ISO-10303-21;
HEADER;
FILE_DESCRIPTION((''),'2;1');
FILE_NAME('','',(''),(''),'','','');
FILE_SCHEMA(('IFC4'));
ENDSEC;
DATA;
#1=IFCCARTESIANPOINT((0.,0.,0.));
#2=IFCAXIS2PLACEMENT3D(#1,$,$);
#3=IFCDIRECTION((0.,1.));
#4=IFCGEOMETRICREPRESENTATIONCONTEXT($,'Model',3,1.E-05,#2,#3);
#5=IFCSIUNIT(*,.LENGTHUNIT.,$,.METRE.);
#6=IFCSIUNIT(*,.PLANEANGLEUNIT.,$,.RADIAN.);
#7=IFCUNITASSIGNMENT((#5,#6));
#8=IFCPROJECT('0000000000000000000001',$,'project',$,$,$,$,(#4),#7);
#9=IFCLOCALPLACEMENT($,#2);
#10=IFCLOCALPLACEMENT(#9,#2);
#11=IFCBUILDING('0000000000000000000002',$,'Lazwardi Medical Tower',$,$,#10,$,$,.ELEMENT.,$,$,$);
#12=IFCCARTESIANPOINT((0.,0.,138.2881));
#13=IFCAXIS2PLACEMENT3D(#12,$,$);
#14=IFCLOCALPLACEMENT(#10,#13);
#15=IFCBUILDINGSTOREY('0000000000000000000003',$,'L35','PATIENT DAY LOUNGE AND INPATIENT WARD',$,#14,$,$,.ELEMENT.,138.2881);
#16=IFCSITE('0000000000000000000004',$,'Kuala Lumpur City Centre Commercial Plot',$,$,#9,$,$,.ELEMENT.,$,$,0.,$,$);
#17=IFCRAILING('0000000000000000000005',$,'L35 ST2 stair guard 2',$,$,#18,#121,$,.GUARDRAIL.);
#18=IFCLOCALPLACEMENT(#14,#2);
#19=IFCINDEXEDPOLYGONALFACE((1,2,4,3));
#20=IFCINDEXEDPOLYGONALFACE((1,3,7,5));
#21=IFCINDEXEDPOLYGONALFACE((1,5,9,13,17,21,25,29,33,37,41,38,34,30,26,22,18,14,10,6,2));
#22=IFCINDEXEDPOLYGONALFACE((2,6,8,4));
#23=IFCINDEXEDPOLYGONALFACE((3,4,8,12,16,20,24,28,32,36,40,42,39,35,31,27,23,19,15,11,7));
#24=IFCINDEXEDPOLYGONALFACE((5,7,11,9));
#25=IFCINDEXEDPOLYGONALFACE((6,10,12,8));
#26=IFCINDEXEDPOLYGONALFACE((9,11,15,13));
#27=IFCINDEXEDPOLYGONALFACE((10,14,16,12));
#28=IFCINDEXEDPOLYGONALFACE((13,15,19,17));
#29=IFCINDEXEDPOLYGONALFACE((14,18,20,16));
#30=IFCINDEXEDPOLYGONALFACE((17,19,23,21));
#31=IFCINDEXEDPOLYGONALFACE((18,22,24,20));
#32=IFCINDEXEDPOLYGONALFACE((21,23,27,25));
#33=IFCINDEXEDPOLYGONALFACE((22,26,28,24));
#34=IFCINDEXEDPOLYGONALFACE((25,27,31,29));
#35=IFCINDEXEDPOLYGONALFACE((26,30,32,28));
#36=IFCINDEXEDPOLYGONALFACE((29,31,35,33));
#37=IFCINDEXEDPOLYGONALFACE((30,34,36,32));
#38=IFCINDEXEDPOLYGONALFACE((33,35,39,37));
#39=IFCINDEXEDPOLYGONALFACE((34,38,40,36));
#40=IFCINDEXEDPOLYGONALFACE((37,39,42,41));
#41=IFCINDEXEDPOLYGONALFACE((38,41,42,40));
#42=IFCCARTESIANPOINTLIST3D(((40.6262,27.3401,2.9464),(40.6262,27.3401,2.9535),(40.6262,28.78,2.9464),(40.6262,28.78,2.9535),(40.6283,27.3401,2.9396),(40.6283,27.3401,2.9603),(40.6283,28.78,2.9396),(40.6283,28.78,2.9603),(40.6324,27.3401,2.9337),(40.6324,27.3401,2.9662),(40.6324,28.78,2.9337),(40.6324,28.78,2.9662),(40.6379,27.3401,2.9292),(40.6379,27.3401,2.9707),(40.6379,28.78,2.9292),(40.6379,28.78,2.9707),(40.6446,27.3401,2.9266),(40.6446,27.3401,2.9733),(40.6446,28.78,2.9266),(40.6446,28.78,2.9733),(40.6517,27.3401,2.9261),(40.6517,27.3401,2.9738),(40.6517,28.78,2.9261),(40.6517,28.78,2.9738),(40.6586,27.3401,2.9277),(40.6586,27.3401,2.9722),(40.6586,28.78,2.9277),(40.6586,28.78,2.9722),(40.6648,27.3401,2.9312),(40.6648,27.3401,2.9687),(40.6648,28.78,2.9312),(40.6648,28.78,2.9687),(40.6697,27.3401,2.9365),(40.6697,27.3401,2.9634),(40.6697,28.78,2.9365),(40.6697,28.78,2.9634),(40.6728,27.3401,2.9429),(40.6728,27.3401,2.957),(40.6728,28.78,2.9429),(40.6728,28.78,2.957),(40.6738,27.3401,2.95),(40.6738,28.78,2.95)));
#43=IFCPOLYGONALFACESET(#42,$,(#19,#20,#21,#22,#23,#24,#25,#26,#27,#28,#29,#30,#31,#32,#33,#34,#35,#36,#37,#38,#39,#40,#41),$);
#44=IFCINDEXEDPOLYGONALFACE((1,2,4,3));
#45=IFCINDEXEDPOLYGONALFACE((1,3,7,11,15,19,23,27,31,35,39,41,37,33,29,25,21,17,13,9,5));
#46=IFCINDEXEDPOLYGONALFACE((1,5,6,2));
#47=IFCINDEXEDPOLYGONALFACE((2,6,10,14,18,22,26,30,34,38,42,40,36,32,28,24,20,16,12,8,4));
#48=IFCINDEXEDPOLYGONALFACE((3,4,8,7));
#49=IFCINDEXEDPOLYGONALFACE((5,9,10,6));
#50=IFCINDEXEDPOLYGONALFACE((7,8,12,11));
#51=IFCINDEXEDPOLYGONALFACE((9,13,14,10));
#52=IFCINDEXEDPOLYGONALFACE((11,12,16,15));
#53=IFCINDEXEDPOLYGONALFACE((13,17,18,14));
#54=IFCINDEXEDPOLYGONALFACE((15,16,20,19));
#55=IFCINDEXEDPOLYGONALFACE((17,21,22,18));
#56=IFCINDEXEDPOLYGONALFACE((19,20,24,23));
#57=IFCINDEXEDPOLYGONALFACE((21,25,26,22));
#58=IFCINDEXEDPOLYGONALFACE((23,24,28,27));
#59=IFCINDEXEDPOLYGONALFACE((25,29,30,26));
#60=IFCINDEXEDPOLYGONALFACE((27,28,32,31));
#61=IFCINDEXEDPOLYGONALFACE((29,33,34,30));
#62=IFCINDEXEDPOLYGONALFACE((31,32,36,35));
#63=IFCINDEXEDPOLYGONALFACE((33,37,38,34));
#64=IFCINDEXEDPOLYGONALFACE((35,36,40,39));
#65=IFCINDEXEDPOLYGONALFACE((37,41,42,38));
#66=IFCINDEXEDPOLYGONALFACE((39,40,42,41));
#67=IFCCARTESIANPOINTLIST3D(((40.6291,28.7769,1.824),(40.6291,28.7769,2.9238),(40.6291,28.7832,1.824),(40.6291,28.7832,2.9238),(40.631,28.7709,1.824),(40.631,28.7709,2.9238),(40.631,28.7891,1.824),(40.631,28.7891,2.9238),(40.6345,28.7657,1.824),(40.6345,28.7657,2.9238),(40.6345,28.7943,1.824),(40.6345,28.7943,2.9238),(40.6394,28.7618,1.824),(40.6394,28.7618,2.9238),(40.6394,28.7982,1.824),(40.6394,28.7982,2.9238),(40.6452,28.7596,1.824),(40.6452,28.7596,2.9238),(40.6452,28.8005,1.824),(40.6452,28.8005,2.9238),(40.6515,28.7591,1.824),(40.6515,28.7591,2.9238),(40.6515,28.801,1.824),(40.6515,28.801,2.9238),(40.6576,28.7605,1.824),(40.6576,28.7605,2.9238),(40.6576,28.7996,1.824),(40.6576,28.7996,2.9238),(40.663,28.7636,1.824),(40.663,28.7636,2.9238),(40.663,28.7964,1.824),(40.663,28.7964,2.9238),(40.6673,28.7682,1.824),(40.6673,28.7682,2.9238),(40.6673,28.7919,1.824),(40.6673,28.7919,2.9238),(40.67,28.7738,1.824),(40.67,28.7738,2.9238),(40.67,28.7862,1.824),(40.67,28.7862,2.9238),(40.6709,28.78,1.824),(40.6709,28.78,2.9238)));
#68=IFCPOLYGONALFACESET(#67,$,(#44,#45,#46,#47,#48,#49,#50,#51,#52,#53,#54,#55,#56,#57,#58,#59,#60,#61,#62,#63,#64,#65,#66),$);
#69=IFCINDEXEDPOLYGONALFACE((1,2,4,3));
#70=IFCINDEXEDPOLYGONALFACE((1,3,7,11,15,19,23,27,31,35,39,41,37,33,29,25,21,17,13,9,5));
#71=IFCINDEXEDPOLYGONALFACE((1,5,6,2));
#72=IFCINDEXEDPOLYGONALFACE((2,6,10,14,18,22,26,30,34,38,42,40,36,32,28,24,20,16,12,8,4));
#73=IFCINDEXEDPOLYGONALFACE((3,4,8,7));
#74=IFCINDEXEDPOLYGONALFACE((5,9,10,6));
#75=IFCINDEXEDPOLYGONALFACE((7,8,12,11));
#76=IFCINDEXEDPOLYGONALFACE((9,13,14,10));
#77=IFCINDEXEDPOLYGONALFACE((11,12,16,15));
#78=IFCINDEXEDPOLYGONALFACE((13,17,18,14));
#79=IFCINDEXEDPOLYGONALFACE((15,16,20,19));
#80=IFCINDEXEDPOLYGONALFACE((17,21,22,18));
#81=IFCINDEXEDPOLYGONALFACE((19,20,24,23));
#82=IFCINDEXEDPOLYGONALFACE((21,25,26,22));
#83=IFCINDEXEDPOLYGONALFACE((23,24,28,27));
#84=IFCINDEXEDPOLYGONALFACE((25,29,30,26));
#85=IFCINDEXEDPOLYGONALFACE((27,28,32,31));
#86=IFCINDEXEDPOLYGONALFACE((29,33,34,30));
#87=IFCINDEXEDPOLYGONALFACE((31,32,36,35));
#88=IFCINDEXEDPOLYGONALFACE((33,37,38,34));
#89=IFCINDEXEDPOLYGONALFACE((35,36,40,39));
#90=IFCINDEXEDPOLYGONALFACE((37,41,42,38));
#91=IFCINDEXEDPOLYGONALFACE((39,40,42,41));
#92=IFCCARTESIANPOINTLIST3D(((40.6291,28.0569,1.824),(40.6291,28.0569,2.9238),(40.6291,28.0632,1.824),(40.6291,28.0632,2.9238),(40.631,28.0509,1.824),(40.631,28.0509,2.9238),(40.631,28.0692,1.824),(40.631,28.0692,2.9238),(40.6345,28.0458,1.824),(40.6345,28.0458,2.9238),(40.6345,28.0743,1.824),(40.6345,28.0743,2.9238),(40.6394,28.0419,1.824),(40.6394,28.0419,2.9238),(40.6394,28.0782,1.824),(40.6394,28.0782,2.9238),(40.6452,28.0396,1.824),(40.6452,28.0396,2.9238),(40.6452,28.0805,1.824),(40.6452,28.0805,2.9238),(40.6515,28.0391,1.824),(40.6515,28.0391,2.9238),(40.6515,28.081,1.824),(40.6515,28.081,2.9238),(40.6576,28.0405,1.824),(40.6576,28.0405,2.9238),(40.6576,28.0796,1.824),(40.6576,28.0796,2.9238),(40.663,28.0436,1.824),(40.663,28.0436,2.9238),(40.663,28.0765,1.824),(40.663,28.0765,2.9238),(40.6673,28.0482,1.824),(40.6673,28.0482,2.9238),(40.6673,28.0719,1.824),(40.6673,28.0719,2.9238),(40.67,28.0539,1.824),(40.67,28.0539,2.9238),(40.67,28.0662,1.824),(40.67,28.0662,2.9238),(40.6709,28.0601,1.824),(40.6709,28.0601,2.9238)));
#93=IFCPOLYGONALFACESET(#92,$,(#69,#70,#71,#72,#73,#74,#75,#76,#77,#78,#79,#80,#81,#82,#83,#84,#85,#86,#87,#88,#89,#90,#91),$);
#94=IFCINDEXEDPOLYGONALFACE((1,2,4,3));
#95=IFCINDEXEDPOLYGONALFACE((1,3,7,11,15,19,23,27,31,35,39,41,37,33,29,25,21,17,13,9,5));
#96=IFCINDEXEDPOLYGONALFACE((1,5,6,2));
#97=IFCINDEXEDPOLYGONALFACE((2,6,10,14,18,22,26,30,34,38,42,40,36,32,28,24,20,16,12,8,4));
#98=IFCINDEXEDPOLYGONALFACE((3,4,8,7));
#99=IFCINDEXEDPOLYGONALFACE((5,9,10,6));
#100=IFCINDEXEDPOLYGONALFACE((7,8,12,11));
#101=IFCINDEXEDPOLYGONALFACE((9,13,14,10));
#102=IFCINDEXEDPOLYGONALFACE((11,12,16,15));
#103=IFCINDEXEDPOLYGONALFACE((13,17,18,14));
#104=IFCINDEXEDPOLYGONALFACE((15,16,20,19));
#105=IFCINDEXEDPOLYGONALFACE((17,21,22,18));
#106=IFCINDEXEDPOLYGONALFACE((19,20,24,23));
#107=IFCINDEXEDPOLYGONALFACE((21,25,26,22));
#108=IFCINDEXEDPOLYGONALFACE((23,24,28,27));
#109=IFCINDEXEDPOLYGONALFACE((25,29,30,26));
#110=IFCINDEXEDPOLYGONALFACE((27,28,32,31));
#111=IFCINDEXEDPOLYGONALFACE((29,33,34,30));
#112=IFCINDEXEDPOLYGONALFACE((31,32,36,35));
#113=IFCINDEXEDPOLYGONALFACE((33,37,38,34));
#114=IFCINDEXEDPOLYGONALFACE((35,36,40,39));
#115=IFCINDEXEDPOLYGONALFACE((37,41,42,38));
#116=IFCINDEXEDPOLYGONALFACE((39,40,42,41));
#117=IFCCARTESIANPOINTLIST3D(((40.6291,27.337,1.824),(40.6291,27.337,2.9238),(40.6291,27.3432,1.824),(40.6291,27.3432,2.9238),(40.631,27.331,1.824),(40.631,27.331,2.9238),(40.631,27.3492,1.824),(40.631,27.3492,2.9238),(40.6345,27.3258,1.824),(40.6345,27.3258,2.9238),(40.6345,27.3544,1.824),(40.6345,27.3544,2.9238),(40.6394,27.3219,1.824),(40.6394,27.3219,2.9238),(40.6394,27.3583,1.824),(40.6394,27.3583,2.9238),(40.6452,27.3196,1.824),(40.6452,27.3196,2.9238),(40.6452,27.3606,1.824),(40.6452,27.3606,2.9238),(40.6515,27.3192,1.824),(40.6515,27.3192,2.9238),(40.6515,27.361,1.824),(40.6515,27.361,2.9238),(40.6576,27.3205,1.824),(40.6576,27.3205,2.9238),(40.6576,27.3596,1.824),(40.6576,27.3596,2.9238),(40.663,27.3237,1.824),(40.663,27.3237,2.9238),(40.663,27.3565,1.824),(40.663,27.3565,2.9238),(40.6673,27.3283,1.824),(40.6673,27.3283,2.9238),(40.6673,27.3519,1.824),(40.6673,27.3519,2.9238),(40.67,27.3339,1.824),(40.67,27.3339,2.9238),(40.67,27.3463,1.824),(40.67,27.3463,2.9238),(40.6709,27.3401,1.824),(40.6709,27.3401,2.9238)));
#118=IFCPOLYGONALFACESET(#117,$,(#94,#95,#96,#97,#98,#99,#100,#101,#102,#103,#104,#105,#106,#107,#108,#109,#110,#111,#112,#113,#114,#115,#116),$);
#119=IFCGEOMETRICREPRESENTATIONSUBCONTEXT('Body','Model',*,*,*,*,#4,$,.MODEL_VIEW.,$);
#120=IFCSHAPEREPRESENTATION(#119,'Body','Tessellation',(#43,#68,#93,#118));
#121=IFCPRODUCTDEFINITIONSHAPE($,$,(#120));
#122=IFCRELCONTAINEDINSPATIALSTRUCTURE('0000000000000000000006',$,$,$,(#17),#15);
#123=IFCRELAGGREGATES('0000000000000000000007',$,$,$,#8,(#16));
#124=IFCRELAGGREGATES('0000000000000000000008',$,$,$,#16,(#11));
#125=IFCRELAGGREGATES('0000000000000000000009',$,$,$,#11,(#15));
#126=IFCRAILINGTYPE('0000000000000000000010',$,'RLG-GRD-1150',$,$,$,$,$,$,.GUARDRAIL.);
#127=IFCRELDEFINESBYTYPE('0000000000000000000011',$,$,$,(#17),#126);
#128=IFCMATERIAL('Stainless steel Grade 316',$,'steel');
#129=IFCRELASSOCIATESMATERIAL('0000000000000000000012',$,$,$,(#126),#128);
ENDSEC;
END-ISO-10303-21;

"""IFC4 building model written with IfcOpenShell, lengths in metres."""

from ifc_helpers import new_model, si_unit, direction, frame, origin, origin_2d, place, context, subcontext, project, spatial, circle, extrude, material, type_object, element, save


model = new_model("IFC4")

# Units and contexts
model_context = context("Model", 3, precision=1e-05, world=origin(), true_north=direction((0.0, 1.0)))
body_context = subcontext(model_context, "Body", "Model", "MODEL_VIEW")
ifc_project = project(units=[si_unit("LENGTHUNIT", "METRE"), si_unit("PLANEANGLEUNIT", "RADIAN")], contexts=[model_context])

# Site, building, storey
site_placement = place(None, origin())
site = spatial("IfcSite", under=ifc_project, at=site_placement, Name="Kuala Lumpur City Centre Commercial Plot", CompositionType="ELEMENT", RefElevation=0.0)
building_placement = place(site_placement, origin())
building = spatial("IfcBuilding", under=site, at=building_placement, Name="Lazwardi Medical Tower", CompositionType="ELEMENT")
storey_placement = place(building_placement, frame((0.0, 0.0, 138.2881)))
storey = spatial("IfcBuildingStorey", under=building, at=storey_placement, Name="L35", Description="PATIENT DAY LOUNGE AND INPATIENT WARD", CompositionType="ELEMENT", Elevation=138.2881)

# Railing
ifc_material_1 = material(Name="Stainless steel Grade 316", Category="steel")
railing_type_1 = type_object("IfcRailingType", Name="RLG-GRD-1150", PredefinedType="GUARDRAIL", material=ifc_material_1)
railing_1_placement = place(storey_placement, frame((40.6499, 28.78, 1.824)))
element("IfcRailing", 1, at=railing_1_placement, inside=storey, type_object=railing_type_1, Name="L35 ST2 stair guard 2", PredefinedType="GUARDRAIL", context=body_context, shape_type="SweptSolid", body=[
    extrude(circle(Radius=0.0239, at=origin_2d()), frame((0.0, 0.0, 1.126), z_axis=(0.0, -1.0, 0.0), x_axis=(1.0, 0.0, 0.0)), (0.0, 0.0, 1.0), 1.4399),
    extrude(circle(Radius=0.021, at=origin_2d()), origin(), (0.0, 0.0, 1.0), 1.0999),
    extrude(circle(Radius=0.021, at=origin_2d()), frame((0.0, -0.72, 0.0)), (0.0, 0.0, 1.0), 1.0999),
    extrude(circle(Radius=0.021, at=origin_2d()), frame((0.0, -1.4399, 0.0)), (0.0, 0.0, 1.0), 1.0999),
])

save(model, "model.ifc")
